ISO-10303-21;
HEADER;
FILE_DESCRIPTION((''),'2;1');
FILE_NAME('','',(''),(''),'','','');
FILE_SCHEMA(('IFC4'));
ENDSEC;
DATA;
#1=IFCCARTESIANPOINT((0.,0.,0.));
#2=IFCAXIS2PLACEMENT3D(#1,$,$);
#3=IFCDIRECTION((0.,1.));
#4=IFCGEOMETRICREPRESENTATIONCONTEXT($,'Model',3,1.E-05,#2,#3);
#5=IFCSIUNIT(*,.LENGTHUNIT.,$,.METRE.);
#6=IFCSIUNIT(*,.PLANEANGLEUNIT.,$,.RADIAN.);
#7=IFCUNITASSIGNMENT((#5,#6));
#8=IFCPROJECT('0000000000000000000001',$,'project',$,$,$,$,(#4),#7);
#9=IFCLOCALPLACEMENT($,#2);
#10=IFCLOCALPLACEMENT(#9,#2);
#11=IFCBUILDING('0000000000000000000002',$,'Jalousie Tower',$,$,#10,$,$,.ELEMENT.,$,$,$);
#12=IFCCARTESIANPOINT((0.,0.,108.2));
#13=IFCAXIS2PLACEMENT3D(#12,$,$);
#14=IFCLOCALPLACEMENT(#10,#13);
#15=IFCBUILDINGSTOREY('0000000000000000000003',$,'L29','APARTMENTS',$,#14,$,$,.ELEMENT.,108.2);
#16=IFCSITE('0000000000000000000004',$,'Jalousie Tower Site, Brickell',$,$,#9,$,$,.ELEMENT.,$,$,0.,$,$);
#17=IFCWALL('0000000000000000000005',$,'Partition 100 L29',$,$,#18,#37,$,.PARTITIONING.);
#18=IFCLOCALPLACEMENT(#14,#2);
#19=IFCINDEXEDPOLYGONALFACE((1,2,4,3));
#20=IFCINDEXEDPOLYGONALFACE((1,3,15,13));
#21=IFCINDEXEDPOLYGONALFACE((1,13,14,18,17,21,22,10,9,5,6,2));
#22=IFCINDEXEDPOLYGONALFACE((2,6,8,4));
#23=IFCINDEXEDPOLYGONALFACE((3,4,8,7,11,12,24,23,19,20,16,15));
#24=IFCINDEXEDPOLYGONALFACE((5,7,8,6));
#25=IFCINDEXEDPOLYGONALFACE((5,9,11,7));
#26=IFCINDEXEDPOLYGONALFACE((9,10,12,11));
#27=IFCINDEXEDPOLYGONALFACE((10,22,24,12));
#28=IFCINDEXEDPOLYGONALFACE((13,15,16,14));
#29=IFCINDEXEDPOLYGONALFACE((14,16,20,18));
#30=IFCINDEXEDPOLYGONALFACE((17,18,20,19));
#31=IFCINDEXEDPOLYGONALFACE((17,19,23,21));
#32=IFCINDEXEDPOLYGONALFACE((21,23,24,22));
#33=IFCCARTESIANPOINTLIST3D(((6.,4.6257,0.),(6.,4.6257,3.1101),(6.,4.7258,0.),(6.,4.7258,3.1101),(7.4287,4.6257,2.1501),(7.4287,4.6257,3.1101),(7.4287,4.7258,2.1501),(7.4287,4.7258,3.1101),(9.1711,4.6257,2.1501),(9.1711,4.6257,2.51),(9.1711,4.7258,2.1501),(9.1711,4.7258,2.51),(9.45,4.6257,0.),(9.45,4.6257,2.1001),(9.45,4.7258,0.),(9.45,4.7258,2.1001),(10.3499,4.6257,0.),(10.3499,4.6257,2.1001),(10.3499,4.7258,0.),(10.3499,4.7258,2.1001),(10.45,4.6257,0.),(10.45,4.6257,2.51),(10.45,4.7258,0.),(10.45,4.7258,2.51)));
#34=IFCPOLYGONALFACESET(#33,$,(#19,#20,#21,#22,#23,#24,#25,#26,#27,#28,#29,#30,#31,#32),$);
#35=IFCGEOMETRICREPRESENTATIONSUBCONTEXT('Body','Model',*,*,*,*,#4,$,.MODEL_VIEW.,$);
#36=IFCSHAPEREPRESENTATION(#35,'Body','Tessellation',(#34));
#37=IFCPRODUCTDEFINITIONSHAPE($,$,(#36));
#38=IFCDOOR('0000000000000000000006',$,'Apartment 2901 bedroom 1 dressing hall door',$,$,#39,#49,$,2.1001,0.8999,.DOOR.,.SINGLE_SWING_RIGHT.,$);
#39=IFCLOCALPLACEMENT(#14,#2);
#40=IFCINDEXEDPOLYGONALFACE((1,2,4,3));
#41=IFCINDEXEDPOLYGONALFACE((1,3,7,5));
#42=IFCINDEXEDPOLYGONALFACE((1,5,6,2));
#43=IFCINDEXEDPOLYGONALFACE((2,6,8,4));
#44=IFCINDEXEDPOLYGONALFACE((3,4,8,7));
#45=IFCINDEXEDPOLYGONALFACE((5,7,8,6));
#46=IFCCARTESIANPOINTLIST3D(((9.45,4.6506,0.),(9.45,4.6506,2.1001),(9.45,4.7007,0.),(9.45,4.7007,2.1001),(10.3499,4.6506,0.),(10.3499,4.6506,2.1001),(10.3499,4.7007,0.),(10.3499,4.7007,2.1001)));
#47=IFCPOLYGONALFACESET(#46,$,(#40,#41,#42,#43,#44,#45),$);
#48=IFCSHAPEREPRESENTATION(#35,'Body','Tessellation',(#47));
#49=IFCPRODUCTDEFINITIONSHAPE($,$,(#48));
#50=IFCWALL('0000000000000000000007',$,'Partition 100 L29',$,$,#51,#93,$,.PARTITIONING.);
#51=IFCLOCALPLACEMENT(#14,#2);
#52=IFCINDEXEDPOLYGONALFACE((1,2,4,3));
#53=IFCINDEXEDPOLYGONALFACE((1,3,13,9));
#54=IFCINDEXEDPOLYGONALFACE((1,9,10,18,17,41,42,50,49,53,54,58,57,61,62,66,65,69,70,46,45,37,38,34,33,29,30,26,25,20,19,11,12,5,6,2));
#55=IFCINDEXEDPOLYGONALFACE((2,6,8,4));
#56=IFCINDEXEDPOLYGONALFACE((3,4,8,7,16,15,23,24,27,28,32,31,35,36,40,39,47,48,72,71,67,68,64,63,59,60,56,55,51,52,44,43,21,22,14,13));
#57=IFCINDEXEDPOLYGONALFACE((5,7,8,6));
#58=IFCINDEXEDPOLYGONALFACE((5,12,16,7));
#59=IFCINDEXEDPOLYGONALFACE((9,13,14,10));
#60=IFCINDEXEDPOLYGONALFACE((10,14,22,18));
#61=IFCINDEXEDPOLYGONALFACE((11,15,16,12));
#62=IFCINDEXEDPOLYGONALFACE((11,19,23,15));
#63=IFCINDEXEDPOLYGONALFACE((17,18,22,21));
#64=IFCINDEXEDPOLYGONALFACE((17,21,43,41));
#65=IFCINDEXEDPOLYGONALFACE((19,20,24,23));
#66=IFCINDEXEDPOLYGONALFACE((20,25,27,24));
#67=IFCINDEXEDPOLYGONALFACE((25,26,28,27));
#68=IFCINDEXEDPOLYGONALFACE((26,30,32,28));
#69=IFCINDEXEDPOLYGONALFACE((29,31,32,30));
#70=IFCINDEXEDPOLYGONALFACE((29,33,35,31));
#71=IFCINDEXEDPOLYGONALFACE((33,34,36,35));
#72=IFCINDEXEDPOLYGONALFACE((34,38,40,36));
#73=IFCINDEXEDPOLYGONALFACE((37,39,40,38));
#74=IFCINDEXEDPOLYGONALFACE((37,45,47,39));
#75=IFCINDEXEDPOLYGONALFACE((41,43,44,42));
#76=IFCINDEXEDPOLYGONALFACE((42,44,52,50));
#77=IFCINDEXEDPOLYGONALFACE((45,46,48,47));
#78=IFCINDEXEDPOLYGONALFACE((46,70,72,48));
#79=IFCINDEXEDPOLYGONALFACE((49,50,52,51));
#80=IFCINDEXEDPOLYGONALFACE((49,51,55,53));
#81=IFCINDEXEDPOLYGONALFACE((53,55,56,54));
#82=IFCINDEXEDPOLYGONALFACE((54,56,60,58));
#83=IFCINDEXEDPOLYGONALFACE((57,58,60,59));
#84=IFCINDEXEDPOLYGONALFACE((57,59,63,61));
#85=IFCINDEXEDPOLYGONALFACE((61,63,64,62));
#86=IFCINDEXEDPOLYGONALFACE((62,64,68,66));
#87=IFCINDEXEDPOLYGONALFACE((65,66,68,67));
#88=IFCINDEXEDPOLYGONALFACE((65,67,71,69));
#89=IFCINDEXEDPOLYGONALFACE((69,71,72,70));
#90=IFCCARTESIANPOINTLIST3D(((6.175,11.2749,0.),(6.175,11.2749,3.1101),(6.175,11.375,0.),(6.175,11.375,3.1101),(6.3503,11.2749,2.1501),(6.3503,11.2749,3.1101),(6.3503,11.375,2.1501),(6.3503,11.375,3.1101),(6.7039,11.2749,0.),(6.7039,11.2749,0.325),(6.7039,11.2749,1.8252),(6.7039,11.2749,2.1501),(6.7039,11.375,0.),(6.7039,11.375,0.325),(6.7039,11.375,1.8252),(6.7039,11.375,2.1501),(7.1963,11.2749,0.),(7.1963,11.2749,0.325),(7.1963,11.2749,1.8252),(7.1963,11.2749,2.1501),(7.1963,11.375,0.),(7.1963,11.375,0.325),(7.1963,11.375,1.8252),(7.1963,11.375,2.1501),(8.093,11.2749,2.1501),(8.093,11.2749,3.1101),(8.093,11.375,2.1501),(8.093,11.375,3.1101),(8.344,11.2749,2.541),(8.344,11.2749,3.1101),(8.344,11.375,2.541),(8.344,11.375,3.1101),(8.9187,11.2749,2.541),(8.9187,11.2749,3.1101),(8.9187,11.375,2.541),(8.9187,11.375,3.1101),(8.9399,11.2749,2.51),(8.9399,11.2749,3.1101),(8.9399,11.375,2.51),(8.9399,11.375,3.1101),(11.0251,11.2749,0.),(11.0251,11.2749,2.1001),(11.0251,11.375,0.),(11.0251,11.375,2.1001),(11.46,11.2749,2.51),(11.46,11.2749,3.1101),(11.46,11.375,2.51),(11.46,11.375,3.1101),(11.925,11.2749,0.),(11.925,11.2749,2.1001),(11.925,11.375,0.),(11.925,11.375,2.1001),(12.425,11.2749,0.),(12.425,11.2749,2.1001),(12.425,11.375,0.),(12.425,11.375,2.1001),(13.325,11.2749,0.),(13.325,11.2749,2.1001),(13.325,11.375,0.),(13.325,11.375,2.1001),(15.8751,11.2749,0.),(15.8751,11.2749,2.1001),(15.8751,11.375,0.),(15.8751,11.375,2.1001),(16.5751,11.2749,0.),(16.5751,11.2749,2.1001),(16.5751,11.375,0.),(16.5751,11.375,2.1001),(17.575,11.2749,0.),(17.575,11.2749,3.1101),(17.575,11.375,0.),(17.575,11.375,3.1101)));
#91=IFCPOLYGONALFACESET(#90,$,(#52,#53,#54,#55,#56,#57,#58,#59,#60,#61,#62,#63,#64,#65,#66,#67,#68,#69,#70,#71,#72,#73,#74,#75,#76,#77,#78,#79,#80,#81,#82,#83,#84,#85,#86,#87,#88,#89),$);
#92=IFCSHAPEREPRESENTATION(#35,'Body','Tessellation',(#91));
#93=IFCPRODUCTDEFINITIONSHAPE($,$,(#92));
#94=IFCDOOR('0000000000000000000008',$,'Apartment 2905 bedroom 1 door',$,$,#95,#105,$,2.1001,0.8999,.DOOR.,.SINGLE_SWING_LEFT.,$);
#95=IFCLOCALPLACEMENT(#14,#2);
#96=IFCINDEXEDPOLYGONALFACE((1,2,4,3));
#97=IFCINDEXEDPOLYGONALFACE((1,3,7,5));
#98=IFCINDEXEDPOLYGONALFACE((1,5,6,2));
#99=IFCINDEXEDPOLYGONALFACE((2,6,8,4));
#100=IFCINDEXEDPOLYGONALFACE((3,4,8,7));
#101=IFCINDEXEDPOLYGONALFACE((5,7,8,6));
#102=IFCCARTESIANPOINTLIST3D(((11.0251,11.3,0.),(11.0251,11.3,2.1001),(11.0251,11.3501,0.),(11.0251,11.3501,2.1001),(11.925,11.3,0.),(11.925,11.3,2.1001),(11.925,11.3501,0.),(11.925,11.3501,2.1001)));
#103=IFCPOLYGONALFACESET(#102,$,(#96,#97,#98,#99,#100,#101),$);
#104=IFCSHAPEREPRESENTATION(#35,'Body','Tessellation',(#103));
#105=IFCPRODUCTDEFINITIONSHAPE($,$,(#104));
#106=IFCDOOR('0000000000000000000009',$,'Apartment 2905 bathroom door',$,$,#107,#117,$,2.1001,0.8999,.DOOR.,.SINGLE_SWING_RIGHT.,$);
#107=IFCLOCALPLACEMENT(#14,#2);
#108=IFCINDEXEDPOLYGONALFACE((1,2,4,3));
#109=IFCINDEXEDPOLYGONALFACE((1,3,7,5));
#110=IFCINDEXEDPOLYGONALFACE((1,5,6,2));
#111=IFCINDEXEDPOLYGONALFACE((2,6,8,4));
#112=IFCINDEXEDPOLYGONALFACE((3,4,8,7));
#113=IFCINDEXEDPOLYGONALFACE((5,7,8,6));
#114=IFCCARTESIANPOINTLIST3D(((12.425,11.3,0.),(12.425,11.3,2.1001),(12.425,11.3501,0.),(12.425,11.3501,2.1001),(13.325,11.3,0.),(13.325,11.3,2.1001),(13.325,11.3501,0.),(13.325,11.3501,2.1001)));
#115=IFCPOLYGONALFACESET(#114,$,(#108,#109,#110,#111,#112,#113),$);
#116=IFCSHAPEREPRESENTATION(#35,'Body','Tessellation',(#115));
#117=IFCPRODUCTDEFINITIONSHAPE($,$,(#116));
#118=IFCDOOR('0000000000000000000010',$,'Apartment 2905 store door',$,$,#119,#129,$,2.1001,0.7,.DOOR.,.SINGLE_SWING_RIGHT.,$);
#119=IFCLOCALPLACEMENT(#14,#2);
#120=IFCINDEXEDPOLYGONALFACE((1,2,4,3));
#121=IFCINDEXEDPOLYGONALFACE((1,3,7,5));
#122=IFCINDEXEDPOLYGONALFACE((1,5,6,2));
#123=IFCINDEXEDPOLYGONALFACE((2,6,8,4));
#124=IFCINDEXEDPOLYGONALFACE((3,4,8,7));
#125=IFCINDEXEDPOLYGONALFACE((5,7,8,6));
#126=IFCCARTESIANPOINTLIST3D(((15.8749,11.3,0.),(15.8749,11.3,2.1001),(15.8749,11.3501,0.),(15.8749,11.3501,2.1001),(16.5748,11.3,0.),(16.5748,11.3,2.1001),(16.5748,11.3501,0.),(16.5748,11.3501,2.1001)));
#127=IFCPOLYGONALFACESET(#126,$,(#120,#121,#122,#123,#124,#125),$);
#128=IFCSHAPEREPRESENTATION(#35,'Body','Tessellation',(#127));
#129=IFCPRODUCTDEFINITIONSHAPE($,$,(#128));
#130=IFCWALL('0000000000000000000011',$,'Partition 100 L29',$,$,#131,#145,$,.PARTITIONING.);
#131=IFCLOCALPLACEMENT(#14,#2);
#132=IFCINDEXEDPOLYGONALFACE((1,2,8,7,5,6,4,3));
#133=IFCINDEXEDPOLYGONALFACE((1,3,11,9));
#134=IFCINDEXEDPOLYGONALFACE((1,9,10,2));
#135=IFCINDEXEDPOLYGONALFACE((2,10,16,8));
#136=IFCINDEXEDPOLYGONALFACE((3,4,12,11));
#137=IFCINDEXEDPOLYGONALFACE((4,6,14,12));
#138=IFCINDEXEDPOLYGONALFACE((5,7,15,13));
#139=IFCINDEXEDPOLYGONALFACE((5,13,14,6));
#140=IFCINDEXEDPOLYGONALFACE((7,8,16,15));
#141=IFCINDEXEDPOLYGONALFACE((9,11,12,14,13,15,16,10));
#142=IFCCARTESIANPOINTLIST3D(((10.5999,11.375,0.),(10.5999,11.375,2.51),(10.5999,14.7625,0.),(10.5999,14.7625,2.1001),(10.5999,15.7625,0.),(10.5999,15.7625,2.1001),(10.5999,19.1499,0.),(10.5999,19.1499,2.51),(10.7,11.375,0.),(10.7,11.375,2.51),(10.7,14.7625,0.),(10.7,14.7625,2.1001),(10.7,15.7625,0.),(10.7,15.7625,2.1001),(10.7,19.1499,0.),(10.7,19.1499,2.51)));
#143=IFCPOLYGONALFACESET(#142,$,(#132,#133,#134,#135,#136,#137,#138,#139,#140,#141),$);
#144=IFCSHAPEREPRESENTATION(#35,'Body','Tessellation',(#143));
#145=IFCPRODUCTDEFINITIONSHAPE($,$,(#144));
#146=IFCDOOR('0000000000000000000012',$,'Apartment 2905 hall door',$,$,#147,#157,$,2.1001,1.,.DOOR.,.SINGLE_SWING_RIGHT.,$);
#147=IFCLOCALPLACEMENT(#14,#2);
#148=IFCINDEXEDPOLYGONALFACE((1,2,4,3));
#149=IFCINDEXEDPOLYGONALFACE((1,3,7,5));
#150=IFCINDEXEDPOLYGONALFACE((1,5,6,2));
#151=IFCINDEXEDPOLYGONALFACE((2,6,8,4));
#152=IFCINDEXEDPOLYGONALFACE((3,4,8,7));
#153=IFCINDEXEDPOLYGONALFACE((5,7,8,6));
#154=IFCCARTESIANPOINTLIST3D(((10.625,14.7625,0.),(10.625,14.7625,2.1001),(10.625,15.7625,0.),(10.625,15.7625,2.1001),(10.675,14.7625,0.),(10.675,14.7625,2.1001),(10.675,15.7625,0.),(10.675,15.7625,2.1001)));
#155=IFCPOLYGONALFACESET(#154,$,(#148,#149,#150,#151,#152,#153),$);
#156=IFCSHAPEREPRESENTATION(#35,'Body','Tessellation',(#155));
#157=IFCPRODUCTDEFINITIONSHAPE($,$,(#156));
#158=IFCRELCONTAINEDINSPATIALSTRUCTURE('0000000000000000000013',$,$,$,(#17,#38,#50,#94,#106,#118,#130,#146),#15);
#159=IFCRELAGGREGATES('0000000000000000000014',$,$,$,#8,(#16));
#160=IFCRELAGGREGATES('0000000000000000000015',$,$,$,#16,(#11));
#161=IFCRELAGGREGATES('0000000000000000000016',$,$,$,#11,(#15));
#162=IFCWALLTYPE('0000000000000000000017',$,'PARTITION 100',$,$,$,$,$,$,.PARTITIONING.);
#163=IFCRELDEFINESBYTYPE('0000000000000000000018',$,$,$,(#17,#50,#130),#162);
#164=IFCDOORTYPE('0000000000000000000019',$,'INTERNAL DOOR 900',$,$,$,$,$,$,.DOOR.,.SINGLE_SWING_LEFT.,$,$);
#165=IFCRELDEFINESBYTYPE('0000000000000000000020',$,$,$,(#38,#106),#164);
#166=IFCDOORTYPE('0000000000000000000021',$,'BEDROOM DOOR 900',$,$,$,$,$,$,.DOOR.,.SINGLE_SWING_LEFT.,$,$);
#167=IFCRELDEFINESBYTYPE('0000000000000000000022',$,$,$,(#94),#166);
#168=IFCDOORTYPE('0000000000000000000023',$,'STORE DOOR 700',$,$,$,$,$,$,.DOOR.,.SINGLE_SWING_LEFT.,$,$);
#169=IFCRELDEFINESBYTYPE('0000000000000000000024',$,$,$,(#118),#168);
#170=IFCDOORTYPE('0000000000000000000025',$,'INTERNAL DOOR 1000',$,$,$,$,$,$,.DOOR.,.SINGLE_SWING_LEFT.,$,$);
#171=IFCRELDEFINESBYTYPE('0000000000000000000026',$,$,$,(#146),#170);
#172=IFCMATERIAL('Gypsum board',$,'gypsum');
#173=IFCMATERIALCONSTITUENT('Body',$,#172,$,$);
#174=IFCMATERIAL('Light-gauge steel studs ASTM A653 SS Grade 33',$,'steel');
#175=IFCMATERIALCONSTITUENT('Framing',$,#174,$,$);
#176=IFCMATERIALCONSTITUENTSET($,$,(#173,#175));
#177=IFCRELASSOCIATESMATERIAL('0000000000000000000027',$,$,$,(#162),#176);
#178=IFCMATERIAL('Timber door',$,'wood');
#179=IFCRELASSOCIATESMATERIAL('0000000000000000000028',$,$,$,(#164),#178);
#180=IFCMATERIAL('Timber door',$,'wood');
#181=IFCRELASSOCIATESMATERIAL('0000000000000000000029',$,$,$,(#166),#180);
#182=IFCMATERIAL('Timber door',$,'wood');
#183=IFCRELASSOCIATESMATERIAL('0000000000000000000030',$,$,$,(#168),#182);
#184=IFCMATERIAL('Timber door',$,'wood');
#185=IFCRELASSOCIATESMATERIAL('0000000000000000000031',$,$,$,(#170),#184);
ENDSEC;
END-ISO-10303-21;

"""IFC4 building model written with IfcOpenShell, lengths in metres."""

from ifc_helpers import new_model, si_unit, direction, frame, frame_2d, origin, place, context, subcontext, project, spatial, polyline, rectangle, outline, extrude, material, constituent, constituent_set, type_object, element, fill, save


model = new_model("IFC4")

# Units and contexts
model_context = context("Model", 3, precision=1e-05, world=origin(), true_north=direction((0.0, 1.0)))
body_context = subcontext(model_context, "Body", "Model", "MODEL_VIEW")
ifc_project = project(units=[si_unit("LENGTHUNIT", "METRE"), si_unit("PLANEANGLEUNIT", "RADIAN")], contexts=[model_context])

# Site, building, storey
site_placement = place(None, origin())
site = spatial("IfcSite", under=ifc_project, at=site_placement, Name="Jalousie Tower Site, Brickell", CompositionType="ELEMENT", RefElevation=0.0)
building_placement = place(site_placement, origin())
building = spatial("IfcBuilding", under=site, at=building_placement, Name="Jalousie Tower", CompositionType="ELEMENT")
storey_placement = place(building_placement, frame((0.0, 0.0, 108.2)))
storey = spatial("IfcBuildingStorey", under=building, at=storey_placement, Name="L29", Description="APARTMENTS", CompositionType="ELEMENT", Elevation=108.2)

# Wall, opening, door
ifc_material_1 = material(Name="Gypsum board", Category="gypsum")
ifc_constituent_1 = constituent(ifc_material_1, Name="Body")
ifc_material_2 = material(Name="Light-gauge steel studs ASTM A653 SS Grade 33", Category="steel")
ifc_constituent_2 = constituent(ifc_material_2, Name="Framing")
ifc_constituent_set_1 = constituent_set(constituents=[ifc_constituent_1, ifc_constituent_2])
wall_type_1 = type_object("IfcWallType", Name="PARTITION 100", PredefinedType="PARTITIONING", material=ifc_constituent_set_1)
wall_1_placement = place(storey_placement, frame((6.0, 4.6758, 0.0), z_axis=(0.0, 0.0, 1.0), x_axis=(1.0, 0.0, 0.0)))
wall_1 = element("IfcWall", 1, at=wall_1_placement, inside=storey, type_object=wall_type_1, Name="Partition 100 L29", PredefinedType="PARTITIONING", context=body_context, shape_type="SweptSolid", body=[
    extrude(outline(polyline([(0.0, 0.0), (4.45, 0.0), (4.45, 3.1101), (4.45, 2.51), (3.1711, 2.51), (3.1711, 2.1501), (1.4287, 2.1501), (1.4287, 3.1101), (0.0, 3.1101), (0.0, 0.0)])), frame((0.0, 0.05, 0.0), z_axis=(0.0, -1.0, 0.0), x_axis=(1.0, 0.0, 0.0)), (0.0, 0.0, 1.0), 0.1001),
])
opening_1_placement = place(wall_1_placement, frame((3.45, 0.0, 0.0)))
opening_1 = element("IfcOpeningElement", 2, at=opening_1_placement, cuts=wall_1, PredefinedType="OPENING", context=body_context, shape_type="SweptSolid", body=[
    extrude(rectangle(XDim=0.8999, YDim=2.1001, at=frame_2d((0.45, 1.05))), frame((0.0, 0.0601, 0.0), z_axis=(0.0, -1.0, 0.0), x_axis=(1.0, 0.0, 0.0)), (0.0, 0.0, 1.0), 0.1201),
])
ifc_material_3 = material(Name="Timber door", Category="wood")
door_type_1 = type_object("IfcDoorType", Name="INTERNAL DOOR 900", OperationType="SINGLE_SWING_LEFT", PredefinedType="DOOR", material=ifc_material_3)
door_1_placement = place(opening_1_placement, origin())
door_1 = element("IfcDoor", 3, at=door_1_placement, inside=storey, type_object=door_type_1, Name="Apartment 2901 bedroom 1 dressing hall door", OperationType="SINGLE_SWING_RIGHT", OverallHeight=2.1001, OverallWidth=0.8999, PredefinedType="DOOR", context=body_context, shape_type="SweptSolid", body=[
    extrude(rectangle(XDim=0.8999, YDim=2.1001, at=frame_2d((0.45, 1.05))), frame((0.0, 0.0249, 0.0), z_axis=(0.0, -1.0, 0.0), x_axis=(1.0, 0.0, 0.0)), (0.0, 0.0, 1.0), 0.05),
])
fill(opening_1, door_1)

# Wall, openings, doors
wall_2_placement = place(storey_placement, frame((6.175, 11.325, 0.0), z_axis=(0.0, 0.0, 1.0), x_axis=(1.0, 0.0, 0.0)))
wall_2 = element("IfcWall", 4, at=wall_2_placement, inside=storey, type_object=wall_type_1, Name="Partition 100 L29", PredefinedType="PARTITIONING", context=body_context, shape_type="SweptSolid", body=[
    extrude(outline(polyline([(0.1753, 3.1101), (0.0, 3.1101), (0.0, 0.0), (0.5288, 0.0), (0.5288, 0.325), (1.0212, 0.325), (1.0212, 0.0), (11.3999, 0.0), (11.3999, 3.1101), (5.2849, 3.1101), (5.2849, 2.51), (2.7649, 2.51), (2.7649, 3.1101), (2.7437, 3.1101), (2.7437, 2.541), (2.1689, 2.541), (2.1689, 3.1101), (1.918, 3.1101), (1.918, 2.1501), (1.0212, 2.1501), (1.0212, 1.8252), (0.5288, 1.8252), (0.5288, 2.1501), (0.1753, 2.1501), (0.1753, 3.1101)])), frame((0.0, 0.05, 0.0), z_axis=(0.0, -1.0, 0.0), x_axis=(1.0, 0.0, 0.0)), (0.0, 0.0, 1.0), 0.1001),
])
opening_2_placement = place(wall_2_placement, frame((4.8501, 0.0, 0.0)))
opening_2 = element("IfcOpeningElement", 5, at=opening_2_placement, cuts=wall_2, PredefinedType="OPENING", context=body_context, shape_type="SweptSolid", body=[
    extrude(rectangle(XDim=0.8999, YDim=2.1001, at=frame_2d((0.45, 1.05))), frame((0.0, 0.0601, 0.0), z_axis=(0.0, -1.0, 0.0), x_axis=(1.0, 0.0, 0.0)), (0.0, 0.0, 1.0), 0.1201),
])
opening_3_placement = place(wall_2_placement, frame((6.25, 0.0, 0.0)))
opening_3 = element("IfcOpeningElement", 6, at=opening_3_placement, cuts=wall_2, PredefinedType="OPENING", context=body_context, shape_type="SweptSolid", body=[
    extrude(rectangle(XDim=0.8999, YDim=2.1001, at=frame_2d((0.45, 1.05))), frame((0.0, 0.0601, 0.0), z_axis=(0.0, -1.0, 0.0), x_axis=(1.0, 0.0, 0.0)), (0.0, 0.0, 1.0), 0.1201),
])
opening_4_placement = place(wall_2_placement, frame((9.7, 0.0, 0.0)))
opening_4 = element("IfcOpeningElement", 7, at=opening_4_placement, cuts=wall_2, PredefinedType="OPENING", context=body_context, shape_type="SweptSolid", body=[
    extrude(rectangle(XDim=0.7, YDim=2.1001, at=frame_2d((0.3501, 1.05))), frame((0.0, 0.0601, 0.0), z_axis=(0.0, -1.0, 0.0), x_axis=(1.0, 0.0, 0.0)), (0.0, 0.0, 1.0), 0.1201),
])
ifc_material_4 = material(Name="Timber door", Category="wood")
door_type_2 = type_object("IfcDoorType", Name="BEDROOM DOOR 900", OperationType="SINGLE_SWING_LEFT", PredefinedType="DOOR", material=ifc_material_4)
door_2_placement = place(opening_2_placement, frame((0.8999, 0.0, 0.0), z_axis=(0.0, 0.0, 1.0), x_axis=(-1.0, 0.0, 0.0)))
door_2 = element("IfcDoor", 8, at=door_2_placement, inside=storey, type_object=door_type_2, Name="Apartment 2905 bedroom 1 door", OperationType="SINGLE_SWING_LEFT", OverallHeight=2.1001, OverallWidth=0.8999, PredefinedType="DOOR", context=body_context, shape_type="SweptSolid", body=[
    extrude(rectangle(XDim=0.8999, YDim=2.1001, at=frame_2d((0.45, 1.05))), frame((0.0, 0.0249, 0.0), z_axis=(0.0, -1.0, 0.0), x_axis=(1.0, 0.0, 0.0)), (0.0, 0.0, 1.0), 0.05),
])
fill(opening_2, door_2)
door_3_placement = place(opening_3_placement, frame((0.8999, 0.0, 0.0), z_axis=(0.0, 0.0, 1.0), x_axis=(-1.0, 0.0, 0.0)))
door_3 = element("IfcDoor", 9, at=door_3_placement, inside=storey, type_object=door_type_1, Name="Apartment 2905 bathroom door", OperationType="SINGLE_SWING_RIGHT", OverallHeight=2.1001, OverallWidth=0.8999, PredefinedType="DOOR", context=body_context, shape_type="SweptSolid", body=[
    extrude(rectangle(XDim=0.8999, YDim=2.1001, at=frame_2d((0.45, 1.05))), frame((0.0, 0.0249, 0.0), z_axis=(0.0, -1.0, 0.0), x_axis=(1.0, 0.0, 0.0)), (0.0, 0.0, 1.0), 0.05),
])
fill(opening_3, door_3)
ifc_material_5 = material(Name="Timber door", Category="wood")
door_type_3 = type_object("IfcDoorType", Name="STORE DOOR 700", OperationType="SINGLE_SWING_LEFT", PredefinedType="DOOR", material=ifc_material_5)
door_4_placement = place(opening_4_placement, frame((0.7, 0.0, 0.0), z_axis=(0.0, 0.0, 1.0), x_axis=(-1.0, 0.0, 0.0)))
door_4 = element("IfcDoor", 10, at=door_4_placement, inside=storey, type_object=door_type_3, Name="Apartment 2905 store door", OperationType="SINGLE_SWING_RIGHT", OverallHeight=2.1001, OverallWidth=0.7, PredefinedType="DOOR", context=body_context, shape_type="SweptSolid", body=[
    extrude(rectangle(XDim=0.7, YDim=2.1001, at=frame_2d((0.3501, 1.05))), frame((0.0, 0.0249, 0.0), z_axis=(0.0, -1.0, 0.0), x_axis=(1.0, 0.0, 0.0)), (0.0, 0.0, 1.0), 0.05),
])
fill(opening_4, door_4)

# Wall, opening, door
wall_3_placement = place(storey_placement, frame((10.6499, 11.375, 0.0), z_axis=(0.0, 0.0, 1.0), x_axis=(0.0, 1.0, 0.0)))
wall_3 = element("IfcWall", 11, at=wall_3_placement, inside=storey, type_object=wall_type_1, Name="Partition 100 L29", PredefinedType="PARTITIONING", context=body_context, shape_type="SweptSolid", body=[
    extrude(outline(polyline([(0.0, 0.0), (7.7749, 0.0), (7.7749, 3.1101), (7.7749, 2.51), (1.6851, 2.51), (0.0, 2.51), (0.0, 3.1101), (0.0, 0.0)])), frame((0.0, 0.05, 0.0), z_axis=(0.0, -1.0, 0.0), x_axis=(1.0, 0.0, 0.0)), (0.0, 0.0, 1.0), 0.1001),
])
opening_5_placement = place(wall_3_placement, frame((3.3875, 0.0, 0.0)))
opening_5 = element("IfcOpeningElement", 12, at=opening_5_placement, cuts=wall_3, PredefinedType="OPENING", context=body_context, shape_type="SweptSolid", body=[
    extrude(rectangle(XDim=1.0, YDim=2.1001, at=frame_2d((0.5, 1.05))), frame((0.0, 0.0601, 0.0), z_axis=(0.0, -1.0, 0.0), x_axis=(1.0, 0.0, 0.0)), (0.0, 0.0, 1.0), 0.1201),
])
ifc_material_6 = material(Name="Timber door", Category="wood")
door_type_4 = type_object("IfcDoorType", Name="INTERNAL DOOR 1000", OperationType="SINGLE_SWING_LEFT", PredefinedType="DOOR", material=ifc_material_6)
door_5_placement = place(opening_5_placement, origin())
door_5 = element("IfcDoor", 13, at=door_5_placement, inside=storey, type_object=door_type_4, Name="Apartment 2905 hall door", OperationType="SINGLE_SWING_RIGHT", OverallHeight=2.1001, OverallWidth=1.0, PredefinedType="DOOR", context=body_context, shape_type="SweptSolid", body=[
    extrude(rectangle(XDim=1.0, YDim=2.1001, at=frame_2d((0.5, 1.05))), frame((0.0, 0.0249, 0.0), z_axis=(0.0, -1.0, 0.0), x_axis=(1.0, 0.0, 0.0)), (0.0, 0.0, 1.0), 0.05),
])
fill(opening_5, door_5)

save(model, "model.ifc")
